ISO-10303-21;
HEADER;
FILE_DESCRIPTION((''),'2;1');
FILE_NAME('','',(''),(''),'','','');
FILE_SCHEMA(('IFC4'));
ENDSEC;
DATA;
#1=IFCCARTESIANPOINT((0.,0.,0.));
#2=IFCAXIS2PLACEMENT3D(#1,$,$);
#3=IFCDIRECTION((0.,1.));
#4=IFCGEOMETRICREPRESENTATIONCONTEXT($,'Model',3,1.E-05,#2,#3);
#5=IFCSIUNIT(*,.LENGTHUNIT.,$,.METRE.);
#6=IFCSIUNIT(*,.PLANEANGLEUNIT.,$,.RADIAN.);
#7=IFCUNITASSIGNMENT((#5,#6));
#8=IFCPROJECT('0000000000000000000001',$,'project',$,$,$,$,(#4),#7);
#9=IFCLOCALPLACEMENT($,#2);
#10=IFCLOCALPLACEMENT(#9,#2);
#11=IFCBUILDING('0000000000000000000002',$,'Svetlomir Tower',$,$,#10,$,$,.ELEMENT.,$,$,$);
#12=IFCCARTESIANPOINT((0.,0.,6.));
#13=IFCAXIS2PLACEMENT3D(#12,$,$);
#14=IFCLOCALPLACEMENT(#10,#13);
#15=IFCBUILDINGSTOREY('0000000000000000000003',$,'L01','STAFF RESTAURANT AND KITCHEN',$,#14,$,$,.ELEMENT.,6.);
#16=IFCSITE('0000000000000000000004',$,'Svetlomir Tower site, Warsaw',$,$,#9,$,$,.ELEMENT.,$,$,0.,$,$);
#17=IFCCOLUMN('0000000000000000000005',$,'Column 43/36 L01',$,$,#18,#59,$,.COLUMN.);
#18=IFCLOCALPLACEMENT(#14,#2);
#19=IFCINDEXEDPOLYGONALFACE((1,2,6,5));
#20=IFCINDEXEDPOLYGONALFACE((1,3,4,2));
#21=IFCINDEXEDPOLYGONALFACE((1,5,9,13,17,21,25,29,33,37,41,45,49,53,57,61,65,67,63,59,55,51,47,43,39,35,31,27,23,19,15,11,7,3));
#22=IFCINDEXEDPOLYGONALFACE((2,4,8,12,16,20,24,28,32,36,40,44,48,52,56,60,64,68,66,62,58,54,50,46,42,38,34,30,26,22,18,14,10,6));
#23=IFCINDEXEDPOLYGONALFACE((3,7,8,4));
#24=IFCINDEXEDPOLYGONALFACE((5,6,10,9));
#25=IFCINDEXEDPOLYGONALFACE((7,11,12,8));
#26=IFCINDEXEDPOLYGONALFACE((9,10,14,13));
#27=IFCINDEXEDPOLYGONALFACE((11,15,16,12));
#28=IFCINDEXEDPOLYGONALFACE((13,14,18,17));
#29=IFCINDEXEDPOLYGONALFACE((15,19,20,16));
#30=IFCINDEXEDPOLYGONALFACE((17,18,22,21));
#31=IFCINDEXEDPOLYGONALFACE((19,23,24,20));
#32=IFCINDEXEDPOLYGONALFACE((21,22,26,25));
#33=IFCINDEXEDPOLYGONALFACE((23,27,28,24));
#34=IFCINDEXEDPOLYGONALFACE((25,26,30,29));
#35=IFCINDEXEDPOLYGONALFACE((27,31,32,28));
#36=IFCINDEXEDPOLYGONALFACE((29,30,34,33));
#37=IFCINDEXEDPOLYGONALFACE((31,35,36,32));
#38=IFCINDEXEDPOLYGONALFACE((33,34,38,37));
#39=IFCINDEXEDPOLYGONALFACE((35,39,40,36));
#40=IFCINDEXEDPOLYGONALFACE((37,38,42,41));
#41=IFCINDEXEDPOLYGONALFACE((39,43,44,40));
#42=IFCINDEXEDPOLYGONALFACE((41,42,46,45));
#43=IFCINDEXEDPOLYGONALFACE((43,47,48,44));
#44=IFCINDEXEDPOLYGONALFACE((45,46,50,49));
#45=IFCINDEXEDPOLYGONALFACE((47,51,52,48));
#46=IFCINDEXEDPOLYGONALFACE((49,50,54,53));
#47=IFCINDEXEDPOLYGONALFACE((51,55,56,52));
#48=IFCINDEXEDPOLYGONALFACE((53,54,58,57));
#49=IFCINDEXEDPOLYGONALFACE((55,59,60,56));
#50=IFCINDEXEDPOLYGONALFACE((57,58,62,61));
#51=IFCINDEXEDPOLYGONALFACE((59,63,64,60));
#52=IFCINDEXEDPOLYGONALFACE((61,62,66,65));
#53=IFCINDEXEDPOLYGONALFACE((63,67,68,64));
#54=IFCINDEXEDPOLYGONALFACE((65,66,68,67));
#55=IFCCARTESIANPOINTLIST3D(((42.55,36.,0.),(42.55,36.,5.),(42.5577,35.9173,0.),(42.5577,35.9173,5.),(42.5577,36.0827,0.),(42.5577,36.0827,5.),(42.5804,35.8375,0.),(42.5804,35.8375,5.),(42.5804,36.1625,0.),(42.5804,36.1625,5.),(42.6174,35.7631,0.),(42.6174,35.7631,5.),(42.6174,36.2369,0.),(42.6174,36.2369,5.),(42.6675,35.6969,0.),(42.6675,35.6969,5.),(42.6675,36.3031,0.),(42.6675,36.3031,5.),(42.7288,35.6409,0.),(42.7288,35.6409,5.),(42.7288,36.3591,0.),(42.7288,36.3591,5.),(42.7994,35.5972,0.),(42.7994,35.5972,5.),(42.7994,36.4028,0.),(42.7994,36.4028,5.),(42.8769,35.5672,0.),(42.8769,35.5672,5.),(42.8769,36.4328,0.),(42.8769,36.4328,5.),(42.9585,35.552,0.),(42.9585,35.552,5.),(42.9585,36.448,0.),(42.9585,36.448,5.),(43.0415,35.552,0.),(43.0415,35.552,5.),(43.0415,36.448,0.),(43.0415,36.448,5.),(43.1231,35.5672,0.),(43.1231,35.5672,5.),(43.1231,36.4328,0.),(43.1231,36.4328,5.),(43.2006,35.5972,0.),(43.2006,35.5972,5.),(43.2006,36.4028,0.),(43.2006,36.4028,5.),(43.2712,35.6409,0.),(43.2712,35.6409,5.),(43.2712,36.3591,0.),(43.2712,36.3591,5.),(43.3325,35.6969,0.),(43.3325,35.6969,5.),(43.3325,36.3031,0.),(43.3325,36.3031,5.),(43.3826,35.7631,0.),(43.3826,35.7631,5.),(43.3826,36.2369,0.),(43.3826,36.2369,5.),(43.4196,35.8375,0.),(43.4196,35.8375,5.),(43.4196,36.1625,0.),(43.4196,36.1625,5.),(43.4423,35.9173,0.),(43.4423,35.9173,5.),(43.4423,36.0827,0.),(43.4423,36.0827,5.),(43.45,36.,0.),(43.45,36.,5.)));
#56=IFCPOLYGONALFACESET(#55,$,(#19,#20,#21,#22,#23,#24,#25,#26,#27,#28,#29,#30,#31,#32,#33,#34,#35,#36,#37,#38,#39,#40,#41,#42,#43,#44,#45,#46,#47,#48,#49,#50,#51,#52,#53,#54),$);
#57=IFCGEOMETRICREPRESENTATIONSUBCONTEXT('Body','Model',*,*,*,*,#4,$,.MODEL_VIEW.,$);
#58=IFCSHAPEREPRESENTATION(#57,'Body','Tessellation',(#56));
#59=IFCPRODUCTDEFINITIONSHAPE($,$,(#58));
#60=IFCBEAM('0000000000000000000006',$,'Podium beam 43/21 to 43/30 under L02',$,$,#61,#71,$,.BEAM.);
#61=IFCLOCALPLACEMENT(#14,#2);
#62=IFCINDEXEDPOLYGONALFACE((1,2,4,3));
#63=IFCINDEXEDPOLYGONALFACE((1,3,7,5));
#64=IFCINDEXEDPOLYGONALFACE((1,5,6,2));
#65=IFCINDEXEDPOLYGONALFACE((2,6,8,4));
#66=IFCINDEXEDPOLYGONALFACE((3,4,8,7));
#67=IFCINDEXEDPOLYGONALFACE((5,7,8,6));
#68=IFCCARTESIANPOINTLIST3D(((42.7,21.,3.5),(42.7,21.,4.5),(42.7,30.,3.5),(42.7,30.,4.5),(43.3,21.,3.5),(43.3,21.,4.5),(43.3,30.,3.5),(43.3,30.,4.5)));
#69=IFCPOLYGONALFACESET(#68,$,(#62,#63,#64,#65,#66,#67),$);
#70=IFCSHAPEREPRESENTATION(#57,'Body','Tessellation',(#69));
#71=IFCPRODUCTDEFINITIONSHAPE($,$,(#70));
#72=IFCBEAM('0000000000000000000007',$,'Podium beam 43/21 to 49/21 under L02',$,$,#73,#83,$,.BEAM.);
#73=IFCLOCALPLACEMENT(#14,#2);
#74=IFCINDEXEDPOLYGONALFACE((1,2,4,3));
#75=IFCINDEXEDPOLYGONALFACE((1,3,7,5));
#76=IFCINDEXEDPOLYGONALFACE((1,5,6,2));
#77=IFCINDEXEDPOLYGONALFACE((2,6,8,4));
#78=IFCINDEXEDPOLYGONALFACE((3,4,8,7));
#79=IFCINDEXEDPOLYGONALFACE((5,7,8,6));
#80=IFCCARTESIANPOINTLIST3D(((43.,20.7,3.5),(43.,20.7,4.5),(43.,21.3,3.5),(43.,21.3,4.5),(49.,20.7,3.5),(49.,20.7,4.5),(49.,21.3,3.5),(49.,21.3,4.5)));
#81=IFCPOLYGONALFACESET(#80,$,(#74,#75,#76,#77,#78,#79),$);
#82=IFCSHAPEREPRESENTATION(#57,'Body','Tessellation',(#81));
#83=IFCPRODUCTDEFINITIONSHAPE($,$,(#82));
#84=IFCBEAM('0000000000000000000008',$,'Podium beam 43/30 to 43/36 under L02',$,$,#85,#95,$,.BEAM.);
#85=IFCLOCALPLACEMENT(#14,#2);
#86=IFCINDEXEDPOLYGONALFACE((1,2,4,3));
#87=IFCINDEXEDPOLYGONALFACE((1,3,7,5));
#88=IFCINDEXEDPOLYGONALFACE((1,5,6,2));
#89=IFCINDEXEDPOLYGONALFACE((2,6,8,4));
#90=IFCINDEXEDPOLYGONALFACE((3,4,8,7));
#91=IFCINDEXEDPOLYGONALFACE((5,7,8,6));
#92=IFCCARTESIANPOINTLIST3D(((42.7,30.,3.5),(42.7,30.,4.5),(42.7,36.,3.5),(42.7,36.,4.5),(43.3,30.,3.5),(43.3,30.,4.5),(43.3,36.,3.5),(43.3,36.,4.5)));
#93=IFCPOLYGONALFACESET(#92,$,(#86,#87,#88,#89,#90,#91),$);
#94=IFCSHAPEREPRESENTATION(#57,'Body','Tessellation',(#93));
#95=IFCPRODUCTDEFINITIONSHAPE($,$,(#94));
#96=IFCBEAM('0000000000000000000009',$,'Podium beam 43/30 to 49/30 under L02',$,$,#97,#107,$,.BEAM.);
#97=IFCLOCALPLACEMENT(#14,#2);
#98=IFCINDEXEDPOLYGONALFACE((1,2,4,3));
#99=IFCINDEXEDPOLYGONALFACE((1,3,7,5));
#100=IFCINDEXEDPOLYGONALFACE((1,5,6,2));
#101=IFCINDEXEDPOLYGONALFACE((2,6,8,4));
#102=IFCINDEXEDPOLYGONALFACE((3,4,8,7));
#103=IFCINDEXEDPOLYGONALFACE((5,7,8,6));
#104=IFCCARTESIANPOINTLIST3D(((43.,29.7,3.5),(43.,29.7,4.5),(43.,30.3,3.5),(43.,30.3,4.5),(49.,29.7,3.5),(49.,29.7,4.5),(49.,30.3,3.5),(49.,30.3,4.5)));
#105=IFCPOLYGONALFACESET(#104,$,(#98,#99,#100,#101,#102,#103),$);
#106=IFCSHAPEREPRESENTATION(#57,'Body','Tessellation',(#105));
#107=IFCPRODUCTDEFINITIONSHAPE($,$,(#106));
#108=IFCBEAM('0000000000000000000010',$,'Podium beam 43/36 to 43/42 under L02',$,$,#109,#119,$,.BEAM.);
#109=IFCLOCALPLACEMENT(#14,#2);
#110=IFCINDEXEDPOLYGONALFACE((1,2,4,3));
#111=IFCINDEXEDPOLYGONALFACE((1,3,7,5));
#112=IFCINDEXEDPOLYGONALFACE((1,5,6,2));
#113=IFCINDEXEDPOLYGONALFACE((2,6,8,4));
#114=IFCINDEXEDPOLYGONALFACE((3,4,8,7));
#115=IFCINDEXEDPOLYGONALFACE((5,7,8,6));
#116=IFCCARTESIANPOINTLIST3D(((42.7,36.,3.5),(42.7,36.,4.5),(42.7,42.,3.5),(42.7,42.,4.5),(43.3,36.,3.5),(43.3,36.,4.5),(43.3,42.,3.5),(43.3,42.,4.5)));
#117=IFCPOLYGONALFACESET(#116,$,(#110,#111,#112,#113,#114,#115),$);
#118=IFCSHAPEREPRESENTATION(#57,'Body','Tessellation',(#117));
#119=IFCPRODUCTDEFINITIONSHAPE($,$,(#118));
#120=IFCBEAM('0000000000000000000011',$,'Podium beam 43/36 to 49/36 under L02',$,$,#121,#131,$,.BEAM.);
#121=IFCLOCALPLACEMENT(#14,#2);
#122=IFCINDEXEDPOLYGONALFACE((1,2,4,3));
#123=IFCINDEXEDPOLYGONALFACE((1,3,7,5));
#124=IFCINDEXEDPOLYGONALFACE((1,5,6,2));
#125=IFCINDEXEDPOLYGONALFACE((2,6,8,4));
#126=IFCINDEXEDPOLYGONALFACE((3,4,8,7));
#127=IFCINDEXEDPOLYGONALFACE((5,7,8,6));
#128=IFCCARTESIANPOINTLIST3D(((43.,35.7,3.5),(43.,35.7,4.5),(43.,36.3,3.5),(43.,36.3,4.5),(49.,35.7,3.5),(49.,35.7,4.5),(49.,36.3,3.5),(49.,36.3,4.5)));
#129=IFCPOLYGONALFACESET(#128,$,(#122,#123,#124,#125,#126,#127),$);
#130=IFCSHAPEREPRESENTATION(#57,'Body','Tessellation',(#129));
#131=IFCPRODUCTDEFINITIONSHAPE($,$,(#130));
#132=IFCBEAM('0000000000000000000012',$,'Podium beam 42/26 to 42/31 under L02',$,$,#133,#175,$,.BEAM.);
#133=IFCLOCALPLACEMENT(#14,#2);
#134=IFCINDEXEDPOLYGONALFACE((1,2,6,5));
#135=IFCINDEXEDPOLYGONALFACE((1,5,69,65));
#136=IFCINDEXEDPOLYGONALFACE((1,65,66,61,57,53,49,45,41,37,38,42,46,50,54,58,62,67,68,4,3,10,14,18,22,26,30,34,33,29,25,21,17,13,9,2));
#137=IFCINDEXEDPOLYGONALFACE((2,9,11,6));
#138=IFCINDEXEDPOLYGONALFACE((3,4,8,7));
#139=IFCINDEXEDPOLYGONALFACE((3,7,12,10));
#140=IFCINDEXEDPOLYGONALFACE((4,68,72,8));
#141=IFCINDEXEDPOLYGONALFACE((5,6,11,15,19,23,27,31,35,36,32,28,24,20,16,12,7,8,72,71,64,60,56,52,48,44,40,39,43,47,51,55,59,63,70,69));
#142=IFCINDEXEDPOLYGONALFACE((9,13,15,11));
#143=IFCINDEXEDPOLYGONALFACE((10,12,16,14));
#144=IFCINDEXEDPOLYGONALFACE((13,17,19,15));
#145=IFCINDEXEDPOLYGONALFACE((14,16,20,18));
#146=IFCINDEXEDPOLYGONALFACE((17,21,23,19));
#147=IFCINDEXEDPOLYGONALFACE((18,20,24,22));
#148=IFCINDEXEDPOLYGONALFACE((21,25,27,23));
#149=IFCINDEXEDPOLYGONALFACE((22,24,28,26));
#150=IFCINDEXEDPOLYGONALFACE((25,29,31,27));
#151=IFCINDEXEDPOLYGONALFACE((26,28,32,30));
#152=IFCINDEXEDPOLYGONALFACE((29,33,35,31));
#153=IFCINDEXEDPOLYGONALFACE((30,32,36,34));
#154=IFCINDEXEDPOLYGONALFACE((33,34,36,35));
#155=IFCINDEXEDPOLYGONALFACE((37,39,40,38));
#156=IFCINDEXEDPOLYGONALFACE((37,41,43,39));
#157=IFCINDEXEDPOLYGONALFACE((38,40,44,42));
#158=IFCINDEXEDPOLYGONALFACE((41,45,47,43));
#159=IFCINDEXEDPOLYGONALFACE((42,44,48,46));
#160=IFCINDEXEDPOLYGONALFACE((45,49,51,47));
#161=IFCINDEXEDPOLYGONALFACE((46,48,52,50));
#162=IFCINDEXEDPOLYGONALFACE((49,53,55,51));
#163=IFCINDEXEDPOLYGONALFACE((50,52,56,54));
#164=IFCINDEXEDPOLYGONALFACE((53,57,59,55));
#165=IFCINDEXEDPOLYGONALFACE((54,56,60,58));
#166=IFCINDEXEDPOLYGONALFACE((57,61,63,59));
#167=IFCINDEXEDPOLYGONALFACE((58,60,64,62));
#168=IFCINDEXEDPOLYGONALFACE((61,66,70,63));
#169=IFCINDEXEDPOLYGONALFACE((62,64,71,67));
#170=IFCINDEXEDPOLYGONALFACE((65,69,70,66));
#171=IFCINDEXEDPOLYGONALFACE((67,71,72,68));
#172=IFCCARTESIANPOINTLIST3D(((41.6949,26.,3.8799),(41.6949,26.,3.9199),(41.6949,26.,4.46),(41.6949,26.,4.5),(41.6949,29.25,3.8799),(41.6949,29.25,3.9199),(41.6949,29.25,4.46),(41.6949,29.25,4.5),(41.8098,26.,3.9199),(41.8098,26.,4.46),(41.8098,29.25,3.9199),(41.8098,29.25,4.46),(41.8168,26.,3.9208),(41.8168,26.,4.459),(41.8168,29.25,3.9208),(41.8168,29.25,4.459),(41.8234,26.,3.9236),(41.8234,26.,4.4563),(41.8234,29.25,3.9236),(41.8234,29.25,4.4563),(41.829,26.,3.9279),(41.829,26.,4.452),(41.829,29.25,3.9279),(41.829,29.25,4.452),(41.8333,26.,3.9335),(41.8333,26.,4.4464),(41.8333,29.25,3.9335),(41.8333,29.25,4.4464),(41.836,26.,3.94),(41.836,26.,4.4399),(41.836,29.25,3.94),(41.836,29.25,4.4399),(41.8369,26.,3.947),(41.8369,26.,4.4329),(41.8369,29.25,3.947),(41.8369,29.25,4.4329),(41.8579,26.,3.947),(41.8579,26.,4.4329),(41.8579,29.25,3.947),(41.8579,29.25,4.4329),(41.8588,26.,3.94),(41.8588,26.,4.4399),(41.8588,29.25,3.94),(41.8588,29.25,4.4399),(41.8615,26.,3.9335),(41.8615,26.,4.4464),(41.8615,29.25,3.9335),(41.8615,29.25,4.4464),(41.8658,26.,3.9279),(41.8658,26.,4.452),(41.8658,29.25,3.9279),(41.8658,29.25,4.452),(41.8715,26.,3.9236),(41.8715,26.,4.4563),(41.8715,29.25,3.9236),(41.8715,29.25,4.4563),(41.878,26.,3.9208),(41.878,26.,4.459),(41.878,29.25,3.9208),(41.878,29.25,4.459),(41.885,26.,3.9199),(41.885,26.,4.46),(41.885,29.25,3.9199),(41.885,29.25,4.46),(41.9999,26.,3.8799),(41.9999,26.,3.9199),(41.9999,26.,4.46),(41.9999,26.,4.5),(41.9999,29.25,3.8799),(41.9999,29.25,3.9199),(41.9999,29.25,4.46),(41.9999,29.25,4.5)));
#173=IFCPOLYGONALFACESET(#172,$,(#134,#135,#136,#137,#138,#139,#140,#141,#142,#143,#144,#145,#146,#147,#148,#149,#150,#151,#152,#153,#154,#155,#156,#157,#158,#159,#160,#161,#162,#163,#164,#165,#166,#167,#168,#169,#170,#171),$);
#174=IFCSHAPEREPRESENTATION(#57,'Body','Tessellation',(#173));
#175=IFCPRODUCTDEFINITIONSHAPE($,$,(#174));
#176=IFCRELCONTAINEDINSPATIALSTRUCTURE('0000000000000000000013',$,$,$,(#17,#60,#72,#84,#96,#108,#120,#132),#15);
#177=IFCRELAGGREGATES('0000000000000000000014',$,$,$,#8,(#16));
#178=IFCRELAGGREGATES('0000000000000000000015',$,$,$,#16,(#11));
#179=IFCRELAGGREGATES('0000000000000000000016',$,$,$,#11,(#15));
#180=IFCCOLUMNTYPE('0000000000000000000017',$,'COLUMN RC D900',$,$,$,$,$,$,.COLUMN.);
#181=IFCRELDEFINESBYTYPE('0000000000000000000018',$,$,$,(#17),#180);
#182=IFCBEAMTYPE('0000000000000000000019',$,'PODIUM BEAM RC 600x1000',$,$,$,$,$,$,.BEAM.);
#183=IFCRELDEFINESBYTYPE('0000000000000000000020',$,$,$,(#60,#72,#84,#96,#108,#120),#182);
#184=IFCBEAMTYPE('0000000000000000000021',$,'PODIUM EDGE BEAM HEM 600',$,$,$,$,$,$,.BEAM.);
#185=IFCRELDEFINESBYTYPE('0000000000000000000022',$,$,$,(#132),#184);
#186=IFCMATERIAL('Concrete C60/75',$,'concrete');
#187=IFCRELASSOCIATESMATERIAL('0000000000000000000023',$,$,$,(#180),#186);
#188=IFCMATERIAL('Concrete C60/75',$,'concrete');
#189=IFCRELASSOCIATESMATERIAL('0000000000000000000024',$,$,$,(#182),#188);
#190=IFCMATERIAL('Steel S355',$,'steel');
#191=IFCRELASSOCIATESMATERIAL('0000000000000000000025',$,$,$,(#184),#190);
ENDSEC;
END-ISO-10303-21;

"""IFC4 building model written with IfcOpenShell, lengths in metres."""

from ifc_helpers import new_model, si_unit, direction, frame, origin, origin_2d, place, context, subcontext, project, spatial, rectangle, circle, i_section, extrude, material, material_profile, profile_set, type_object, element, save


model = new_model("IFC4")

# Units and contexts
model_context = context("Model", 3, precision=1e-05, world=origin(), true_north=direction((0.0, 1.0)))
body_context = subcontext(model_context, "Body", "Model", "MODEL_VIEW")
ifc_project = project(units=[si_unit("LENGTHUNIT", "METRE"), si_unit("PLANEANGLEUNIT", "RADIAN")], contexts=[model_context])

# Site, building, storey
site_placement = place(None, origin())
site = spatial("IfcSite", under=ifc_project, at=site_placement, Name="Svetlomir Tower site, Warsaw", CompositionType="ELEMENT", RefElevation=0.0)
building_placement = place(site_placement, origin())
building = spatial("IfcBuilding", under=site, at=building_placement, Name="Svetlomir Tower", CompositionType="ELEMENT")
storey_placement = place(building_placement, frame((0.0, 0.0, 6.0)))
storey = spatial("IfcBuildingStorey", under=building, at=storey_placement, Name="L01", Description="STAFF RESTAURANT AND KITCHEN", CompositionType="ELEMENT", Elevation=6.0)

# Column
ifc_material_1 = material(Name="Concrete C60/75", Category="concrete")
ifc_material_profile_1 = material_profile(ifc_material_1, circle(Radius=0.45, at=origin_2d()), Name="RC D900")
ifc_profile_set_1 = profile_set([ifc_material_profile_1], Name="Concrete C60/75")
column_type_1 = type_object("IfcColumnType", Name="COLUMN RC D900", PredefinedType="COLUMN", material=ifc_profile_set_1)
for number, where, z_axis, x_axis, name in (
    (1, (43.0, 36.0, 0.0), (0.0, 0.0, 1.0), (1.0, 0.0, 0.0), "Column 43/36 L01"),
):
    element("IfcColumn", number, at=place(storey_placement, frame(where, z_axis=z_axis, x_axis=x_axis)), inside=storey, type_object=column_type_1, Name=name, PredefinedType="COLUMN", context=body_context, shape_type="SweptSolid", body=[
        extrude(circle(Radius=0.45, at=origin_2d()), origin(), (0.0, 0.0, 1.0), 5.0),
    ])

# Beams
ifc_material_2 = material(Name="Concrete C60/75", Category="concrete")
ifc_material_profile_2 = material_profile(ifc_material_2, rectangle(XDim=0.6001, YDim=1.0, at=origin_2d()), Name="RC 600x1000")
ifc_profile_set_2 = profile_set([ifc_material_profile_2], Name="Concrete C60/75")
beam_type_1 = type_object("IfcBeamType", Name="PODIUM BEAM RC 600x1000", PredefinedType="BEAM", material=ifc_profile_set_2)
beam_1_placement = place(storey_placement, frame((43.0, 21.0, 4.0), z_axis=(0.0, 1.0, 0.0), x_axis=(-1.0, 0.0, 0.0)))
element("IfcBeam", 2, at=beam_1_placement, inside=storey, type_object=beam_type_1, Name="Podium beam 43/21 to 43/30 under L02", PredefinedType="BEAM", context=body_context, shape_type="SweptSolid", body=[
    extrude(rectangle(XDim=0.6001, YDim=1.0, at=origin_2d()), origin(), (0.0, 0.0, 1.0), 9.0),
])
for number, where, z_axis, x_axis, name in (
    (3, (43.0, 21.0, 4.0), (1.0, 0.0, 0.0), (0.0, 1.0, 0.0), "Podium beam 43/21 to 49/21 under L02"),
    (4, (43.0, 30.0, 4.0), (0.0, 1.0, 0.0), (-1.0, 0.0, 0.0), "Podium beam 43/30 to 43/36 under L02"),
    (5, (43.0, 30.0, 4.0), (1.0, 0.0, 0.0), (0.0, 1.0, 0.0), "Podium beam 43/30 to 49/30 under L02"),
    (6, (43.0, 36.0, 4.0), (0.0, 1.0, 0.0), (-1.0, 0.0, 0.0), "Podium beam 43/36 to 43/42 under L02"),
    (7, (43.0, 36.0, 4.0), (1.0, 0.0, 0.0), (0.0, 1.0, 0.0), "Podium beam 43/36 to 49/36 under L02"),
):
    element("IfcBeam", number, at=place(storey_placement, frame(where, z_axis=z_axis, x_axis=x_axis)), inside=storey, type_object=beam_type_1, Name=name, PredefinedType="BEAM", context=body_context, shape_type="SweptSolid", body=[
        extrude(rectangle(XDim=0.6001, YDim=1.0, at=origin_2d()), origin(), (0.0, 0.0, 1.0), 6.0),
    ])
ifc_material_3 = material(Name="Steel S355", Category="steel")
ifc_material_profile_3 = material_profile(ifc_material_3, i_section(OverallWidth=0.3049, OverallDepth=0.6201, WebThickness=0.021, FlangeThickness=0.04, FilletRadius=0.0271, at=origin_2d()), Name="HEM 600")
ifc_profile_set_3 = profile_set([ifc_material_profile_3], Name="Steel S355")
beam_type_2 = type_object("IfcBeamType", Name="PODIUM EDGE BEAM HEM 600", PredefinedType="BEAM", material=ifc_profile_set_3)
beam_2_placement = place(storey_placement, frame((41.8474, 26.0, 4.1899), z_axis=(0.0, 1.0, 0.0), x_axis=(-1.0, 0.0, 0.0)))
element("IfcBeam", 8, at=beam_2_placement, inside=storey, type_object=beam_type_2, Name="Podium beam 42/26 to 42/31 under L02", PredefinedType="BEAM", context=body_context, shape_type="SweptSolid", body=[
    extrude(i_section(OverallWidth=0.3049, OverallDepth=0.6201, WebThickness=0.021, FlangeThickness=0.04, FilletRadius=0.0271, at=origin_2d()), origin(), (0.0, 0.0, 1.0), 3.25),
])

save(model, "model.ifc")
